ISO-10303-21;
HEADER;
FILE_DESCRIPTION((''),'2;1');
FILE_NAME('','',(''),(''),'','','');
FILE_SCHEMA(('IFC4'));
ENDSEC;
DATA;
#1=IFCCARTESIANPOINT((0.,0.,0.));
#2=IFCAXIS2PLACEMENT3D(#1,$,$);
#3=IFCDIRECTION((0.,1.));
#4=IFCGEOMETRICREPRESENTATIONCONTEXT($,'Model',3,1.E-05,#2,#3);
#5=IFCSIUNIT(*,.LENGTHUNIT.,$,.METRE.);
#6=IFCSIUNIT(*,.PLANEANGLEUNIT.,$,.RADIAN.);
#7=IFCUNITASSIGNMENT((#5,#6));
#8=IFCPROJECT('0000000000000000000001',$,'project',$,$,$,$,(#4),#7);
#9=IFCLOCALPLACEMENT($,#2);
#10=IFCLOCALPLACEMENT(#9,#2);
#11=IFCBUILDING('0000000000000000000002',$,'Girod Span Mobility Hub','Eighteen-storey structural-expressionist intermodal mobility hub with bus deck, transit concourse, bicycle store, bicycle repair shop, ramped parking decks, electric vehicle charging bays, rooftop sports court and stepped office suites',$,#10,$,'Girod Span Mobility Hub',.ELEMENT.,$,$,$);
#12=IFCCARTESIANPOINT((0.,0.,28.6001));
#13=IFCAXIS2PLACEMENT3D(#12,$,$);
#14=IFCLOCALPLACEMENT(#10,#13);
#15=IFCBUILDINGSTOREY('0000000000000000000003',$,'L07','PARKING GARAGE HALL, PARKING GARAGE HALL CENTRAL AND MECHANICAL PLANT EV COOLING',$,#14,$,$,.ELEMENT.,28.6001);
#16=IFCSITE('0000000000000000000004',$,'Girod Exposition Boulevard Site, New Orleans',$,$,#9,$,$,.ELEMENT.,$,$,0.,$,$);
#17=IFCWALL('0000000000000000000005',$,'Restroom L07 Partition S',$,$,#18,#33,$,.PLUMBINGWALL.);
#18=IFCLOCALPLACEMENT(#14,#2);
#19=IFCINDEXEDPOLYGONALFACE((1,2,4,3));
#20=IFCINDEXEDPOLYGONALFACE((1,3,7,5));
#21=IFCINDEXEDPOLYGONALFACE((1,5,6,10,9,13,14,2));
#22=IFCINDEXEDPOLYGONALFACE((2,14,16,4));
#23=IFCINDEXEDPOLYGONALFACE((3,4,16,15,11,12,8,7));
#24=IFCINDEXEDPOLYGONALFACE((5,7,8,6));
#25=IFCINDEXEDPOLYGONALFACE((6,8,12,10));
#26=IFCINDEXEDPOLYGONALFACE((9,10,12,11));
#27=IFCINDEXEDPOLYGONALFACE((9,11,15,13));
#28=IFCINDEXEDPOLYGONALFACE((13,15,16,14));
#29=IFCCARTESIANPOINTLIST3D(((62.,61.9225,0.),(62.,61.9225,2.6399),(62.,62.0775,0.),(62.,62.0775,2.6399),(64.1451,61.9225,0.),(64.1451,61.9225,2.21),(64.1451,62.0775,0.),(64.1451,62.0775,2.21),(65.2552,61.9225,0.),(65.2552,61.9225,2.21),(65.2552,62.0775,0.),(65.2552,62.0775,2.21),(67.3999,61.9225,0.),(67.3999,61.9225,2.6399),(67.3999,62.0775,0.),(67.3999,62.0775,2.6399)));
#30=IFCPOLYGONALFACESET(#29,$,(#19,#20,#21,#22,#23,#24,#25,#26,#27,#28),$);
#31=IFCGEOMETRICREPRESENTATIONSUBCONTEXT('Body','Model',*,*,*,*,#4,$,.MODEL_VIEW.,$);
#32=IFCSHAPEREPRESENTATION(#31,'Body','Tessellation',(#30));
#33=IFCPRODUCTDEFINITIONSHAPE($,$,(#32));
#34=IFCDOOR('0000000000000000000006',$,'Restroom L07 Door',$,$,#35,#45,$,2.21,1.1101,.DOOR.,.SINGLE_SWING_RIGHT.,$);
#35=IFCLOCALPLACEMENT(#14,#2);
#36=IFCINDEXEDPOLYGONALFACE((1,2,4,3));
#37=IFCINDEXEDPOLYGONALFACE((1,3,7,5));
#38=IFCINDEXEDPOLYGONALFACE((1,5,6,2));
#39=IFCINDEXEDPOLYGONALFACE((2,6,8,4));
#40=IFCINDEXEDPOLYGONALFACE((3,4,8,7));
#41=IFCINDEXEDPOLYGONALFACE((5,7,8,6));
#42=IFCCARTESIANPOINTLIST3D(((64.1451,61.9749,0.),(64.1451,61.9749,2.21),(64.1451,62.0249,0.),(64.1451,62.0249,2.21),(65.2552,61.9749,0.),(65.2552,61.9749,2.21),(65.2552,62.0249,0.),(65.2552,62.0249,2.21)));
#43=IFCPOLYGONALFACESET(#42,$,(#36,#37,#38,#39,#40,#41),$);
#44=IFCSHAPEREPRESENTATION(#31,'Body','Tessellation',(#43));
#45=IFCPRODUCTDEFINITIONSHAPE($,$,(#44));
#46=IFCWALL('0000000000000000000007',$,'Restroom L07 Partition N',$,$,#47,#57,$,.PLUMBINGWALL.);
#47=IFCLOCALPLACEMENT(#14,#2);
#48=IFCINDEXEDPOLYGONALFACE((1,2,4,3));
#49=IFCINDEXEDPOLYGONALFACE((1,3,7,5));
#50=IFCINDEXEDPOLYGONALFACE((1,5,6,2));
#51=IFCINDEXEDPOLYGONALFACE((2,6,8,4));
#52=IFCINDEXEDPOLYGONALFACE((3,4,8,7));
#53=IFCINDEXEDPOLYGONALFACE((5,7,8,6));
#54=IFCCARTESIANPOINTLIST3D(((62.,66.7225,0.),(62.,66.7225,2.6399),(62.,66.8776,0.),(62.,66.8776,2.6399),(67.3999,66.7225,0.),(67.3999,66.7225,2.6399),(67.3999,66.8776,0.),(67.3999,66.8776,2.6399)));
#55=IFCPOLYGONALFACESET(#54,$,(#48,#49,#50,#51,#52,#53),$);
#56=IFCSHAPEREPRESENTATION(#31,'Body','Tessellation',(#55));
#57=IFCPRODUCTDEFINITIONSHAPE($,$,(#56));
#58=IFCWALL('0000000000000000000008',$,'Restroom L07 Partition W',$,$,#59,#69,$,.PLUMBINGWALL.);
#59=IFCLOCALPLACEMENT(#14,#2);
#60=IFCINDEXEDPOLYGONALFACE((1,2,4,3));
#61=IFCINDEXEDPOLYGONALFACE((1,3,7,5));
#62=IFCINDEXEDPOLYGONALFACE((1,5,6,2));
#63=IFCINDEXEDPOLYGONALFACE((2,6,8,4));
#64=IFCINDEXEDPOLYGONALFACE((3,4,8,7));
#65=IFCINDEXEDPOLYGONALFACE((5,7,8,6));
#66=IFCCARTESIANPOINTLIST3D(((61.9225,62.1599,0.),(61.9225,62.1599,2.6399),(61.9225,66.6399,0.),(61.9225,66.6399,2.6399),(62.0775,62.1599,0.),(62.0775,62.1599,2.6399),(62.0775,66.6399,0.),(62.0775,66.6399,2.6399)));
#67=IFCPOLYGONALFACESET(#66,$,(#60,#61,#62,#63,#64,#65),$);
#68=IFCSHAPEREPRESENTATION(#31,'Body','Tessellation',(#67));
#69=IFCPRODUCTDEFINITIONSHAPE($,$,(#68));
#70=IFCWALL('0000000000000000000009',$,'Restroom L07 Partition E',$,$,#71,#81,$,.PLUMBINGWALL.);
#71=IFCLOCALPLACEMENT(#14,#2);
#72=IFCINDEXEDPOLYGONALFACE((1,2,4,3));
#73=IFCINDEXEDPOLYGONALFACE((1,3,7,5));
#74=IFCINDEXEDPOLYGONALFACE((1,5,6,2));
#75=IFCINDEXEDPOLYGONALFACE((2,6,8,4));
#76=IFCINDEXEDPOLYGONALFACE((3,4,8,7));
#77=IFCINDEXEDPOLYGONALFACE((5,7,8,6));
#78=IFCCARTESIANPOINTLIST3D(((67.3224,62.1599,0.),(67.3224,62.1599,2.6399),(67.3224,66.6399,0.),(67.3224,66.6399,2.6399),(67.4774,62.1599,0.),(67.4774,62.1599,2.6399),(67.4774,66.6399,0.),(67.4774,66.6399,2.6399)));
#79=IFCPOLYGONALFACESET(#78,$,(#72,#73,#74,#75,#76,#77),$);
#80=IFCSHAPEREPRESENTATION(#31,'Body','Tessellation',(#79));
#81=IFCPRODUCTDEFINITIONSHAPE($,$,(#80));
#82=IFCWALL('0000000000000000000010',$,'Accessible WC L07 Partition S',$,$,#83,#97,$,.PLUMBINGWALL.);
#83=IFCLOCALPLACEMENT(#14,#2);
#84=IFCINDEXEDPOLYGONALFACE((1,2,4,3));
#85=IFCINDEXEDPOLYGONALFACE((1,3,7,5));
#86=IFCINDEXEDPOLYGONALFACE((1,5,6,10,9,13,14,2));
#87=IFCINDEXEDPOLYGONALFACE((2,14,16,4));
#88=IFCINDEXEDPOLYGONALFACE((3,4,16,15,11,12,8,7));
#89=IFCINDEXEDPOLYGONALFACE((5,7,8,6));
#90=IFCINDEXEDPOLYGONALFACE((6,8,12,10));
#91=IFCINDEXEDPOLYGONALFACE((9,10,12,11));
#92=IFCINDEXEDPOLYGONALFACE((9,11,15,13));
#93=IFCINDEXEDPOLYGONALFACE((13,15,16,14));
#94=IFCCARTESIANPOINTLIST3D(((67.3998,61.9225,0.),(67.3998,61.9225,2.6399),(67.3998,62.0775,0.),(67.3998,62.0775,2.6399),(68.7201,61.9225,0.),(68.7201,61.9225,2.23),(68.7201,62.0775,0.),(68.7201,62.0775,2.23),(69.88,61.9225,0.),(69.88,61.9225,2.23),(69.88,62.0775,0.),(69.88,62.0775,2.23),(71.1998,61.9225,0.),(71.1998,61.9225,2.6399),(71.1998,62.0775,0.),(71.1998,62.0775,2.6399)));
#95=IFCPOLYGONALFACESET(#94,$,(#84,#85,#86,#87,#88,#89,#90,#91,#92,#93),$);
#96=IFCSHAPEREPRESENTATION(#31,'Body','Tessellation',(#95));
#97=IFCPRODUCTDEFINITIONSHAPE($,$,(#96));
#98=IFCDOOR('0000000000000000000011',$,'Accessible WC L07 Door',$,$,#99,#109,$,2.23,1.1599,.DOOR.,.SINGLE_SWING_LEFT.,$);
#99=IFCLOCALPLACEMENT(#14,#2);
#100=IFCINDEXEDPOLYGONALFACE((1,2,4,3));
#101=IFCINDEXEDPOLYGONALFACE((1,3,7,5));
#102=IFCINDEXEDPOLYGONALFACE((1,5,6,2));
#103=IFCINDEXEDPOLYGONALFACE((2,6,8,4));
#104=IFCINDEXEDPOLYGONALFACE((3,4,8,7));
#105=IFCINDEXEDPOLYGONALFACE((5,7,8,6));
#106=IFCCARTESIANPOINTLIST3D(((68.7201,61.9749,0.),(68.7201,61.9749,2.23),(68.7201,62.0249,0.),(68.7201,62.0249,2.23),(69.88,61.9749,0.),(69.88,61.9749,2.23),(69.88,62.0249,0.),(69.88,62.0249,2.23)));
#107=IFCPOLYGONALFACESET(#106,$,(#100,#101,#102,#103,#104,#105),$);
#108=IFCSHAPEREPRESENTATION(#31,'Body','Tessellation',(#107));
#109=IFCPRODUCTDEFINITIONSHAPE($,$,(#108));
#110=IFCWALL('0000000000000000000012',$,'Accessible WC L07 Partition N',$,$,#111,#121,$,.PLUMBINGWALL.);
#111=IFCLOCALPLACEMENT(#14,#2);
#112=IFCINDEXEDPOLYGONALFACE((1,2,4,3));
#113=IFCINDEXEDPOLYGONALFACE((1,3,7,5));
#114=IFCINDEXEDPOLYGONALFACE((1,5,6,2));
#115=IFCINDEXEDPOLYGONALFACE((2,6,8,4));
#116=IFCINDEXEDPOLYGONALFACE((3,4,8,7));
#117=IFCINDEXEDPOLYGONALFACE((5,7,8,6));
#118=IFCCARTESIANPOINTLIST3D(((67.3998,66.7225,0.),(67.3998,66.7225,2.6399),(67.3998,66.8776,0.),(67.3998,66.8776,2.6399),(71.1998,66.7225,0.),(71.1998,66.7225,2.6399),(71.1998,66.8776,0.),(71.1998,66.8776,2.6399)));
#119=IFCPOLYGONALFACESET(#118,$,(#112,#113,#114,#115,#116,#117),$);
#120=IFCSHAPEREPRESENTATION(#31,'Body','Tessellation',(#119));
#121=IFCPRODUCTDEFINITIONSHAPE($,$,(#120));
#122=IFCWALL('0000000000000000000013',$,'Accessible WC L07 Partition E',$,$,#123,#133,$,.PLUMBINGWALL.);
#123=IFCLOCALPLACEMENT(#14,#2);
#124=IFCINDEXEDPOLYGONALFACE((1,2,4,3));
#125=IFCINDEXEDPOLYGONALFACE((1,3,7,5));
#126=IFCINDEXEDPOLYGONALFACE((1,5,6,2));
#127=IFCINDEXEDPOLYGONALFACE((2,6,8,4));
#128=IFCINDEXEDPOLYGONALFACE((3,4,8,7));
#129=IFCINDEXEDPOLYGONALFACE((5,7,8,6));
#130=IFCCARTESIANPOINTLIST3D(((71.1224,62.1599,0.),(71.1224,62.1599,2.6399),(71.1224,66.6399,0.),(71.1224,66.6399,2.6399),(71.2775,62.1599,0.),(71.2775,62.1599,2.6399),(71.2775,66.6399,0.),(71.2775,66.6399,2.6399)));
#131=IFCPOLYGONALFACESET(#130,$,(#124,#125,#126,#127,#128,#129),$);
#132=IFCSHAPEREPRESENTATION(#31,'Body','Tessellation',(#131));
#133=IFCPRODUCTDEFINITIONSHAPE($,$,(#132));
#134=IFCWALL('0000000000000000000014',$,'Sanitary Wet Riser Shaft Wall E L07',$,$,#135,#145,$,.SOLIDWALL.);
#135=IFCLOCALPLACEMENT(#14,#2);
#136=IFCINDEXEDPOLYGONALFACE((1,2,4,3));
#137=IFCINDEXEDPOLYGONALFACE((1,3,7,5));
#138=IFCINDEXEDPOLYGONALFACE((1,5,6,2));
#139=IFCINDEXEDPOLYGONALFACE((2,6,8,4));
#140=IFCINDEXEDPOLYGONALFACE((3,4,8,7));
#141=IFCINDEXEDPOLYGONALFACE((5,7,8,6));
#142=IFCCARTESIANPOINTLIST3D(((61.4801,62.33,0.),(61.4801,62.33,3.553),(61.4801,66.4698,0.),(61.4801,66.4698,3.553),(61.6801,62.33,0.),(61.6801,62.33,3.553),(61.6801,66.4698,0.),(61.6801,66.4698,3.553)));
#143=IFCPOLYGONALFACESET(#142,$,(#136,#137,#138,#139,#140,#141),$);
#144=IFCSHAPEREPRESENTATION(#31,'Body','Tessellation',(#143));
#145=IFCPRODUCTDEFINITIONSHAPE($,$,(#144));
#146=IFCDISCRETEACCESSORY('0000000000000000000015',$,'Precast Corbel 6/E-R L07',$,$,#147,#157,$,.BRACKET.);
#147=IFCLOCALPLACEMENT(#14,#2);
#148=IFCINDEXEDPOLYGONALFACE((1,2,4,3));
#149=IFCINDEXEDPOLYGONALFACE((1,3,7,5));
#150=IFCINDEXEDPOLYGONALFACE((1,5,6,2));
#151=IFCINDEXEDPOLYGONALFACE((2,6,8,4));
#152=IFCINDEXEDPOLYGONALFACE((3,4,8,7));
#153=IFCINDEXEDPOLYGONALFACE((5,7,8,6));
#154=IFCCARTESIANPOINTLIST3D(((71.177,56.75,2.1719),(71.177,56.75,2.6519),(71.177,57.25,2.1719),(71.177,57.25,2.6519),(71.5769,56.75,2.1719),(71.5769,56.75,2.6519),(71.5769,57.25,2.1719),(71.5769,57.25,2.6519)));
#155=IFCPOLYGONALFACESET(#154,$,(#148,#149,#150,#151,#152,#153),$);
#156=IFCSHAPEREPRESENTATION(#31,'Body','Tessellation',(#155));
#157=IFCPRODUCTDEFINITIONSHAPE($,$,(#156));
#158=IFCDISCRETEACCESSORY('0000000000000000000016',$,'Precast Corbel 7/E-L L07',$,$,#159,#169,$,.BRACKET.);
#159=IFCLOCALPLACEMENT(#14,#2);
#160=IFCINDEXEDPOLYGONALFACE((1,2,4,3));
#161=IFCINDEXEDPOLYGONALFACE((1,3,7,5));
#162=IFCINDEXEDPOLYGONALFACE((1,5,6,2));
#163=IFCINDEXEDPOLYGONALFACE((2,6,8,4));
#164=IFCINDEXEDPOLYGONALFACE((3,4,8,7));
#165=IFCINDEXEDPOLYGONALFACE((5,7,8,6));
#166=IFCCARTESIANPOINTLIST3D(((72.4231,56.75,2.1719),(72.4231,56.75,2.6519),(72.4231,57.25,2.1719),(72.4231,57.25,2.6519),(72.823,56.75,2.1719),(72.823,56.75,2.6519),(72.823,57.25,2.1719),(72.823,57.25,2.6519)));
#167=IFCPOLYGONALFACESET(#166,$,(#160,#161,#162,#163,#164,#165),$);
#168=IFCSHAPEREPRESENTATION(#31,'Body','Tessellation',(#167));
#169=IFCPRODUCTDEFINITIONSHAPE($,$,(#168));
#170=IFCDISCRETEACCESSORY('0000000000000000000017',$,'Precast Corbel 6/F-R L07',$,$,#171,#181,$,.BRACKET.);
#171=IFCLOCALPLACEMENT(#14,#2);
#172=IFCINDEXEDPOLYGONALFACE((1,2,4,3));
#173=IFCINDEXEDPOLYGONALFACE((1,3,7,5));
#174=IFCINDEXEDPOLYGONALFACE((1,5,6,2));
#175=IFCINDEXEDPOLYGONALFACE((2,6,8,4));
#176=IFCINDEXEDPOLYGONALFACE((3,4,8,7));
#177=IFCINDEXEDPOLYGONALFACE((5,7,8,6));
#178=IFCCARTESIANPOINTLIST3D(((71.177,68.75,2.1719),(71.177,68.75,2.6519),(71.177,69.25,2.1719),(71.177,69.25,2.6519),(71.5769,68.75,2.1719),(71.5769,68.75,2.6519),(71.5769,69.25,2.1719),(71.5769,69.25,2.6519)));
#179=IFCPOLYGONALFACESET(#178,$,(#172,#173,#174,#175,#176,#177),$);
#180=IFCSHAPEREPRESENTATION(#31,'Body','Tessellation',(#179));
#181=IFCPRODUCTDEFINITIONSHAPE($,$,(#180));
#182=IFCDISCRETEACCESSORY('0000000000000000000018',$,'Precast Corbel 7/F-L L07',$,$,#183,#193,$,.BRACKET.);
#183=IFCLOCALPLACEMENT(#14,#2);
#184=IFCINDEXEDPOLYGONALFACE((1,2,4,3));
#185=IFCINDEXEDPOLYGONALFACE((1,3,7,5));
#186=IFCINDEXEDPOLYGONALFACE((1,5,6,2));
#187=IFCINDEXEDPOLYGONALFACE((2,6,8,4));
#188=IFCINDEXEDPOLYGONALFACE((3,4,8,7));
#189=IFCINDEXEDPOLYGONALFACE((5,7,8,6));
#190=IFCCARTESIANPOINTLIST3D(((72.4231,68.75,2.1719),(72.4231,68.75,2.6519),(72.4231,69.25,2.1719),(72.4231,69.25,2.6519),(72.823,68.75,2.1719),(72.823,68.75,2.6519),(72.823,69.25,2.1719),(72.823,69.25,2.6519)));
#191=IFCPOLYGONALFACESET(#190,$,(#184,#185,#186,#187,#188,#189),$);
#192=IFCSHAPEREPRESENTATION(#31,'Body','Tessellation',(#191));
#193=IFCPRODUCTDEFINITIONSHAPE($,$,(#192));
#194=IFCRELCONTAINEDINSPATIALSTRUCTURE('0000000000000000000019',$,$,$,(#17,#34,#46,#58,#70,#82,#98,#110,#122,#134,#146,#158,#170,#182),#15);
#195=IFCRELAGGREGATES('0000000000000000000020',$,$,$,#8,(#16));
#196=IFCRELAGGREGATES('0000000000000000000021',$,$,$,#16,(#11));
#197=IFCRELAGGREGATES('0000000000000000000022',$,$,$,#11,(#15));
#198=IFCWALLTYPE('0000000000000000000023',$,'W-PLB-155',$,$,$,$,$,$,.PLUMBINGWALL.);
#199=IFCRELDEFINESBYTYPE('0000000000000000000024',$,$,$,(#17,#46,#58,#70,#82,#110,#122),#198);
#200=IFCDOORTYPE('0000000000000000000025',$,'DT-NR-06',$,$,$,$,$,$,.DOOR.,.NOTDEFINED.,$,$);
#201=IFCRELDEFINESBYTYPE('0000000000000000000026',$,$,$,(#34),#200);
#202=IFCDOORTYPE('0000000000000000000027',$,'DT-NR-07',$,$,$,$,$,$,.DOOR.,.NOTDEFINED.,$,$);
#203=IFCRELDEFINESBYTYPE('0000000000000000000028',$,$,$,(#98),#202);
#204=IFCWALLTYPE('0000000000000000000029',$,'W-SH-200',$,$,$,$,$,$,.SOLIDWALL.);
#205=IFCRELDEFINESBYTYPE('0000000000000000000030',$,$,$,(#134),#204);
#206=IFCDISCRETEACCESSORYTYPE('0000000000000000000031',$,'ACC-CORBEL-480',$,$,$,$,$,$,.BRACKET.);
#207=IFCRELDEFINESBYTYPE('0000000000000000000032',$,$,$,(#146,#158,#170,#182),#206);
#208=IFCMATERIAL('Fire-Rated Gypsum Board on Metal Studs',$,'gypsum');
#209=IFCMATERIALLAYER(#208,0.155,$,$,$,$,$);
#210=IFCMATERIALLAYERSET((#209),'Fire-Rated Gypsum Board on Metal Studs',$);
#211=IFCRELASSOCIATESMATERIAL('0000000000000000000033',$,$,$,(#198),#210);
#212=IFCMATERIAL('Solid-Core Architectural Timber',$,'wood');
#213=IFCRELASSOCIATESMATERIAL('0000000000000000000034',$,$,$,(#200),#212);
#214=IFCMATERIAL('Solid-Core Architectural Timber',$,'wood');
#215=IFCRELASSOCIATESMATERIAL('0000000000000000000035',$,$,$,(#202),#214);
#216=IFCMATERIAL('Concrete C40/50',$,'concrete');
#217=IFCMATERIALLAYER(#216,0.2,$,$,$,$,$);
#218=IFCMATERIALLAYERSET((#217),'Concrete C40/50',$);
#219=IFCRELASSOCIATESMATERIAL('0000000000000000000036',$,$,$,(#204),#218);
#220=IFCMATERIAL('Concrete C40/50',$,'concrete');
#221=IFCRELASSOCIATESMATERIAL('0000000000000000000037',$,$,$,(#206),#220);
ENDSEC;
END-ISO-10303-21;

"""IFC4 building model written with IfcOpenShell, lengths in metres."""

from ifc_helpers import new_model, si_unit, direction, frame, frame_2d, origin, origin_2d, place, context, subcontext, project, spatial, rectangle, extrude, material, layer, layer_set, type_object, element, fill, save


model = new_model("IFC4")

# Units and contexts
model_context = context("Model", 3, precision=1e-05, world=origin(), true_north=direction((0.0, 1.0)))
body_context = subcontext(model_context, "Body", "Model", "MODEL_VIEW")
ifc_project = project(units=[si_unit("LENGTHUNIT", "METRE"), si_unit("PLANEANGLEUNIT", "RADIAN")], contexts=[model_context])

# Site, building, storey
site_placement = place(None, origin())
site = spatial("IfcSite", under=ifc_project, at=site_placement, Name="Girod Exposition Boulevard Site, New Orleans", CompositionType="ELEMENT", RefElevation=0.0)
building_placement = place(site_placement, origin())
building = spatial("IfcBuilding", under=site, at=building_placement, Name="Girod Span Mobility Hub", Description="Eighteen-storey structural-expressionist intermodal mobility hub with bus deck, transit concourse, bicycle store, bicycle repair shop, ramped parking decks, electric vehicle charging bays, rooftop sports court and stepped office suites", LongName="Girod Span Mobility Hub", CompositionType="ELEMENT")
storey_placement = place(building_placement, frame((0.0, 0.0, 28.6001)))
storey = spatial("IfcBuildingStorey", under=building, at=storey_placement, Name="L07", Description="PARKING GARAGE HALL, PARKING GARAGE HALL CENTRAL AND MECHANICAL PLANT EV COOLING", CompositionType="ELEMENT", Elevation=28.6001)

# Wall, opening, door
ifc_material_1 = material(Name="Fire-Rated Gypsum Board on Metal Studs", Category="gypsum")
ifc_layer_1 = layer(ifc_material_1, 0.155)
ifc_layer_set_1 = layer_set([ifc_layer_1], Name="Fire-Rated Gypsum Board on Metal Studs")
wall_type_1 = type_object("IfcWallType", Name="W-PLB-155", PredefinedType="PLUMBINGWALL", material=ifc_layer_set_1)
wall_1_placement = place(storey_placement, frame((62.0, 62.0, 0.0), z_axis=(0.0, 0.0, 1.0), x_axis=(1.0, 0.0, 0.0)))
wall_1 = element("IfcWall", 1, at=wall_1_placement, inside=storey, type_object=wall_type_1, Name="Restroom L07 Partition S", PredefinedType="PLUMBINGWALL", context=body_context, shape_type="SweptSolid", body=[
    extrude(rectangle(XDim=5.3999, YDim=0.155, at=frame_2d((2.7, 0.0))), origin(), (0.0, 0.0, 1.0), 2.6399),
])
opening_1_placement = place(wall_1_placement, frame((2.145, 0.0, 0.0)))
opening_1 = element("IfcOpeningElement", 2, at=opening_1_placement, cuts=wall_1, PredefinedType="OPENING", context=body_context, shape_type="SweptSolid", body=[
    extrude(rectangle(XDim=1.1101, YDim=2.21, at=frame_2d((0.5552, 1.105))), frame((0.0, 0.0925, 0.0), z_axis=(0.0, -1.0, 0.0), x_axis=(1.0, 0.0, 0.0)), (0.0, 0.0, 1.0), 0.1851),
])
ifc_material_2 = material(Name="Solid-Core Architectural Timber", Category="wood")
door_type_1 = type_object("IfcDoorType", Name="DT-NR-06", OperationType="NOTDEFINED", PredefinedType="DOOR", material=ifc_material_2)
door_1_placement = place(opening_1_placement, origin())
door_1 = element("IfcDoor", 3, at=door_1_placement, inside=storey, type_object=door_type_1, Name="Restroom L07 Door", OperationType="SINGLE_SWING_RIGHT", OverallHeight=2.21, OverallWidth=1.1101, PredefinedType="DOOR", context=body_context, shape_type="SweptSolid", body=[
    extrude(rectangle(XDim=1.1101, YDim=2.21, at=frame_2d((0.5552, 1.105))), frame((0.0, 0.0249, 0.0), z_axis=(0.0, -1.0, 0.0), x_axis=(1.0, 0.0, 0.0)), (0.0, 0.0, 1.0), 0.05),
])
fill(opening_1, door_1)

# Walls
wall_2_placement = place(storey_placement, frame((62.0, 66.8, 0.0), z_axis=(0.0, 0.0, 1.0), x_axis=(1.0, 0.0, 0.0)))
element("IfcWall", 4, at=wall_2_placement, inside=storey, type_object=wall_type_1, Name="Restroom L07 Partition N", PredefinedType="PLUMBINGWALL", context=body_context, shape_type="SweptSolid", body=[
    extrude(rectangle(XDim=5.3999, YDim=0.155, at=frame_2d((2.7, 0.0))), origin(), (0.0, 0.0, 1.0), 2.6399),
])
for number, where, z_axis, x_axis, name in (
    (5, (62.0, 62.1599, 0.0), (0.0, 0.0, 1.0), (0.0, 1.0, 0.0), "Restroom L07 Partition W"),
    (6, (67.3999, 62.1599, 0.0), (0.0, 0.0, 1.0), (0.0, 1.0, 0.0), "Restroom L07 Partition E"),
):
    element("IfcWall", number, at=place(storey_placement, frame(where, z_axis=z_axis, x_axis=x_axis)), inside=storey, type_object=wall_type_1, Name=name, PredefinedType="PLUMBINGWALL", context=body_context, shape_type="SweptSolid", body=[
        extrude(rectangle(XDim=4.48, YDim=0.155, at=frame_2d((2.24, 0.0))), origin(), (0.0, 0.0, 1.0), 2.6399),
    ])

# Wall, opening, door
wall_3_placement = place(storey_placement, frame((67.3999, 62.0, 0.0), z_axis=(0.0, 0.0, 1.0), x_axis=(1.0, 0.0, 0.0)))
wall_3 = element("IfcWall", 7, at=wall_3_placement, inside=storey, type_object=wall_type_1, Name="Accessible WC L07 Partition S", PredefinedType="PLUMBINGWALL", context=body_context, shape_type="SweptSolid", body=[
    extrude(rectangle(XDim=3.8, YDim=0.155, at=frame_2d((1.8999, 0.0))), origin(), (0.0, 0.0, 1.0), 2.6399),
])
opening_2_placement = place(wall_3_placement, frame((1.3201, 0.0, 0.0)))
opening_2 = element("IfcOpeningElement", 8, at=opening_2_placement, cuts=wall_3, PredefinedType="OPENING", context=body_context, shape_type="SweptSolid", body=[
    extrude(rectangle(XDim=1.1599, YDim=2.23, at=frame_2d((0.5801, 1.115))), frame((0.0, 0.0925, 0.0), z_axis=(0.0, -1.0, 0.0), x_axis=(1.0, 0.0, 0.0)), (0.0, 0.0, 1.0), 0.1851),
])
ifc_material_3 = material(Name="Solid-Core Architectural Timber", Category="wood")
door_type_2 = type_object("IfcDoorType", Name="DT-NR-07", OperationType="NOTDEFINED", PredefinedType="DOOR", material=ifc_material_3)
door_2_placement = place(opening_2_placement, origin())
door_2 = element("IfcDoor", 9, at=door_2_placement, inside=storey, type_object=door_type_2, Name="Accessible WC L07 Door", OperationType="SINGLE_SWING_LEFT", OverallHeight=2.23, OverallWidth=1.1599, PredefinedType="DOOR", context=body_context, shape_type="SweptSolid", body=[
    extrude(rectangle(XDim=1.1599, YDim=2.23, at=frame_2d((0.5801, 1.115))), frame((0.0, 0.0249, 0.0), z_axis=(0.0, -1.0, 0.0), x_axis=(1.0, 0.0, 0.0)), (0.0, 0.0, 1.0), 0.05),
])
fill(opening_2, door_2)

# Walls
wall_4_placement = place(storey_placement, frame((67.3999, 66.8, 0.0), z_axis=(0.0, 0.0, 1.0), x_axis=(1.0, 0.0, 0.0)))
element("IfcWall", 10, at=wall_4_placement, inside=storey, type_object=wall_type_1, Name="Accessible WC L07 Partition N", PredefinedType="PLUMBINGWALL", context=body_context, shape_type="SweptSolid", body=[
    extrude(rectangle(XDim=3.8, YDim=0.155, at=frame_2d((1.8999, 0.0))), origin(), (0.0, 0.0, 1.0), 2.6399),
])
wall_5_placement = place(storey_placement, frame((71.2, 62.1599, 0.0), z_axis=(0.0, 0.0, 1.0), x_axis=(0.0, 1.0, 0.0)))
element("IfcWall", 11, at=wall_5_placement, inside=storey, type_object=wall_type_1, Name="Accessible WC L07 Partition E", PredefinedType="PLUMBINGWALL", context=body_context, shape_type="SweptSolid", body=[
    extrude(rectangle(XDim=4.48, YDim=0.155, at=frame_2d((2.24, 0.0))), origin(), (0.0, 0.0, 1.0), 2.6399),
])
ifc_material_4 = material(Name="Concrete C40/50", Category="concrete")
ifc_layer_2 = layer(ifc_material_4, 0.2)
ifc_layer_set_2 = layer_set([ifc_layer_2], Name="Concrete C40/50")
wall_type_2 = type_object("IfcWallType", Name="W-SH-200", PredefinedType="SOLIDWALL", material=ifc_layer_set_2)
wall_6_placement = place(storey_placement, frame((61.5801, 62.3301, 0.0), z_axis=(0.0, 0.0, 1.0), x_axis=(0.0, 1.0, 0.0)))
element("IfcWall", 12, at=wall_6_placement, inside=storey, type_object=wall_type_2, Name="Sanitary Wet Riser Shaft Wall E L07", PredefinedType="SOLIDWALL", context=body_context, shape_type="SweptSolid", body=[
    extrude(rectangle(XDim=4.1399, YDim=0.2, at=frame_2d((2.0698, 0.0))), origin(), (0.0, 0.0, 1.0), 3.553),
])

# Discrete accessories
ifc_material_5 = material(Name="Concrete C40/50", Category="concrete")
discrete_accessory_type = type_object("IfcDiscreteAccessoryType", Name="ACC-CORBEL-480", PredefinedType="BRACKET", material=ifc_material_5)
for number, where, z_axis, x_axis, name in (
    (13, (71.377, 57.0, 2.1719), (0.0, 0.0, 1.0), (1.0, 0.0, 0.0), "Precast Corbel 6/E-R L07"),
    (14, (72.623, 57.0, 2.1719), (0.0, 0.0, 1.0), (1.0, 0.0, 0.0), "Precast Corbel 7/E-L L07"),
    (15, (71.377, 69.0, 2.1719), (0.0, 0.0, 1.0), (1.0, 0.0, 0.0), "Precast Corbel 6/F-R L07"),
    (16, (72.623, 69.0, 2.1719), (0.0, 0.0, 1.0), (1.0, 0.0, 0.0), "Precast Corbel 7/F-L L07"),
):
    element("IfcDiscreteAccessory", number, at=place(storey_placement, frame(where, z_axis=z_axis, x_axis=x_axis)), inside=storey, type_object=discrete_accessory_type, Name=name, PredefinedType="BRACKET", context=body_context, shape_type="SweptSolid", body=[
        extrude(rectangle(XDim=0.3999, YDim=0.5, at=origin_2d()), origin(), (0.0, 0.0, 1.0), 0.48),
    ])

save(model, "model.ifc")
